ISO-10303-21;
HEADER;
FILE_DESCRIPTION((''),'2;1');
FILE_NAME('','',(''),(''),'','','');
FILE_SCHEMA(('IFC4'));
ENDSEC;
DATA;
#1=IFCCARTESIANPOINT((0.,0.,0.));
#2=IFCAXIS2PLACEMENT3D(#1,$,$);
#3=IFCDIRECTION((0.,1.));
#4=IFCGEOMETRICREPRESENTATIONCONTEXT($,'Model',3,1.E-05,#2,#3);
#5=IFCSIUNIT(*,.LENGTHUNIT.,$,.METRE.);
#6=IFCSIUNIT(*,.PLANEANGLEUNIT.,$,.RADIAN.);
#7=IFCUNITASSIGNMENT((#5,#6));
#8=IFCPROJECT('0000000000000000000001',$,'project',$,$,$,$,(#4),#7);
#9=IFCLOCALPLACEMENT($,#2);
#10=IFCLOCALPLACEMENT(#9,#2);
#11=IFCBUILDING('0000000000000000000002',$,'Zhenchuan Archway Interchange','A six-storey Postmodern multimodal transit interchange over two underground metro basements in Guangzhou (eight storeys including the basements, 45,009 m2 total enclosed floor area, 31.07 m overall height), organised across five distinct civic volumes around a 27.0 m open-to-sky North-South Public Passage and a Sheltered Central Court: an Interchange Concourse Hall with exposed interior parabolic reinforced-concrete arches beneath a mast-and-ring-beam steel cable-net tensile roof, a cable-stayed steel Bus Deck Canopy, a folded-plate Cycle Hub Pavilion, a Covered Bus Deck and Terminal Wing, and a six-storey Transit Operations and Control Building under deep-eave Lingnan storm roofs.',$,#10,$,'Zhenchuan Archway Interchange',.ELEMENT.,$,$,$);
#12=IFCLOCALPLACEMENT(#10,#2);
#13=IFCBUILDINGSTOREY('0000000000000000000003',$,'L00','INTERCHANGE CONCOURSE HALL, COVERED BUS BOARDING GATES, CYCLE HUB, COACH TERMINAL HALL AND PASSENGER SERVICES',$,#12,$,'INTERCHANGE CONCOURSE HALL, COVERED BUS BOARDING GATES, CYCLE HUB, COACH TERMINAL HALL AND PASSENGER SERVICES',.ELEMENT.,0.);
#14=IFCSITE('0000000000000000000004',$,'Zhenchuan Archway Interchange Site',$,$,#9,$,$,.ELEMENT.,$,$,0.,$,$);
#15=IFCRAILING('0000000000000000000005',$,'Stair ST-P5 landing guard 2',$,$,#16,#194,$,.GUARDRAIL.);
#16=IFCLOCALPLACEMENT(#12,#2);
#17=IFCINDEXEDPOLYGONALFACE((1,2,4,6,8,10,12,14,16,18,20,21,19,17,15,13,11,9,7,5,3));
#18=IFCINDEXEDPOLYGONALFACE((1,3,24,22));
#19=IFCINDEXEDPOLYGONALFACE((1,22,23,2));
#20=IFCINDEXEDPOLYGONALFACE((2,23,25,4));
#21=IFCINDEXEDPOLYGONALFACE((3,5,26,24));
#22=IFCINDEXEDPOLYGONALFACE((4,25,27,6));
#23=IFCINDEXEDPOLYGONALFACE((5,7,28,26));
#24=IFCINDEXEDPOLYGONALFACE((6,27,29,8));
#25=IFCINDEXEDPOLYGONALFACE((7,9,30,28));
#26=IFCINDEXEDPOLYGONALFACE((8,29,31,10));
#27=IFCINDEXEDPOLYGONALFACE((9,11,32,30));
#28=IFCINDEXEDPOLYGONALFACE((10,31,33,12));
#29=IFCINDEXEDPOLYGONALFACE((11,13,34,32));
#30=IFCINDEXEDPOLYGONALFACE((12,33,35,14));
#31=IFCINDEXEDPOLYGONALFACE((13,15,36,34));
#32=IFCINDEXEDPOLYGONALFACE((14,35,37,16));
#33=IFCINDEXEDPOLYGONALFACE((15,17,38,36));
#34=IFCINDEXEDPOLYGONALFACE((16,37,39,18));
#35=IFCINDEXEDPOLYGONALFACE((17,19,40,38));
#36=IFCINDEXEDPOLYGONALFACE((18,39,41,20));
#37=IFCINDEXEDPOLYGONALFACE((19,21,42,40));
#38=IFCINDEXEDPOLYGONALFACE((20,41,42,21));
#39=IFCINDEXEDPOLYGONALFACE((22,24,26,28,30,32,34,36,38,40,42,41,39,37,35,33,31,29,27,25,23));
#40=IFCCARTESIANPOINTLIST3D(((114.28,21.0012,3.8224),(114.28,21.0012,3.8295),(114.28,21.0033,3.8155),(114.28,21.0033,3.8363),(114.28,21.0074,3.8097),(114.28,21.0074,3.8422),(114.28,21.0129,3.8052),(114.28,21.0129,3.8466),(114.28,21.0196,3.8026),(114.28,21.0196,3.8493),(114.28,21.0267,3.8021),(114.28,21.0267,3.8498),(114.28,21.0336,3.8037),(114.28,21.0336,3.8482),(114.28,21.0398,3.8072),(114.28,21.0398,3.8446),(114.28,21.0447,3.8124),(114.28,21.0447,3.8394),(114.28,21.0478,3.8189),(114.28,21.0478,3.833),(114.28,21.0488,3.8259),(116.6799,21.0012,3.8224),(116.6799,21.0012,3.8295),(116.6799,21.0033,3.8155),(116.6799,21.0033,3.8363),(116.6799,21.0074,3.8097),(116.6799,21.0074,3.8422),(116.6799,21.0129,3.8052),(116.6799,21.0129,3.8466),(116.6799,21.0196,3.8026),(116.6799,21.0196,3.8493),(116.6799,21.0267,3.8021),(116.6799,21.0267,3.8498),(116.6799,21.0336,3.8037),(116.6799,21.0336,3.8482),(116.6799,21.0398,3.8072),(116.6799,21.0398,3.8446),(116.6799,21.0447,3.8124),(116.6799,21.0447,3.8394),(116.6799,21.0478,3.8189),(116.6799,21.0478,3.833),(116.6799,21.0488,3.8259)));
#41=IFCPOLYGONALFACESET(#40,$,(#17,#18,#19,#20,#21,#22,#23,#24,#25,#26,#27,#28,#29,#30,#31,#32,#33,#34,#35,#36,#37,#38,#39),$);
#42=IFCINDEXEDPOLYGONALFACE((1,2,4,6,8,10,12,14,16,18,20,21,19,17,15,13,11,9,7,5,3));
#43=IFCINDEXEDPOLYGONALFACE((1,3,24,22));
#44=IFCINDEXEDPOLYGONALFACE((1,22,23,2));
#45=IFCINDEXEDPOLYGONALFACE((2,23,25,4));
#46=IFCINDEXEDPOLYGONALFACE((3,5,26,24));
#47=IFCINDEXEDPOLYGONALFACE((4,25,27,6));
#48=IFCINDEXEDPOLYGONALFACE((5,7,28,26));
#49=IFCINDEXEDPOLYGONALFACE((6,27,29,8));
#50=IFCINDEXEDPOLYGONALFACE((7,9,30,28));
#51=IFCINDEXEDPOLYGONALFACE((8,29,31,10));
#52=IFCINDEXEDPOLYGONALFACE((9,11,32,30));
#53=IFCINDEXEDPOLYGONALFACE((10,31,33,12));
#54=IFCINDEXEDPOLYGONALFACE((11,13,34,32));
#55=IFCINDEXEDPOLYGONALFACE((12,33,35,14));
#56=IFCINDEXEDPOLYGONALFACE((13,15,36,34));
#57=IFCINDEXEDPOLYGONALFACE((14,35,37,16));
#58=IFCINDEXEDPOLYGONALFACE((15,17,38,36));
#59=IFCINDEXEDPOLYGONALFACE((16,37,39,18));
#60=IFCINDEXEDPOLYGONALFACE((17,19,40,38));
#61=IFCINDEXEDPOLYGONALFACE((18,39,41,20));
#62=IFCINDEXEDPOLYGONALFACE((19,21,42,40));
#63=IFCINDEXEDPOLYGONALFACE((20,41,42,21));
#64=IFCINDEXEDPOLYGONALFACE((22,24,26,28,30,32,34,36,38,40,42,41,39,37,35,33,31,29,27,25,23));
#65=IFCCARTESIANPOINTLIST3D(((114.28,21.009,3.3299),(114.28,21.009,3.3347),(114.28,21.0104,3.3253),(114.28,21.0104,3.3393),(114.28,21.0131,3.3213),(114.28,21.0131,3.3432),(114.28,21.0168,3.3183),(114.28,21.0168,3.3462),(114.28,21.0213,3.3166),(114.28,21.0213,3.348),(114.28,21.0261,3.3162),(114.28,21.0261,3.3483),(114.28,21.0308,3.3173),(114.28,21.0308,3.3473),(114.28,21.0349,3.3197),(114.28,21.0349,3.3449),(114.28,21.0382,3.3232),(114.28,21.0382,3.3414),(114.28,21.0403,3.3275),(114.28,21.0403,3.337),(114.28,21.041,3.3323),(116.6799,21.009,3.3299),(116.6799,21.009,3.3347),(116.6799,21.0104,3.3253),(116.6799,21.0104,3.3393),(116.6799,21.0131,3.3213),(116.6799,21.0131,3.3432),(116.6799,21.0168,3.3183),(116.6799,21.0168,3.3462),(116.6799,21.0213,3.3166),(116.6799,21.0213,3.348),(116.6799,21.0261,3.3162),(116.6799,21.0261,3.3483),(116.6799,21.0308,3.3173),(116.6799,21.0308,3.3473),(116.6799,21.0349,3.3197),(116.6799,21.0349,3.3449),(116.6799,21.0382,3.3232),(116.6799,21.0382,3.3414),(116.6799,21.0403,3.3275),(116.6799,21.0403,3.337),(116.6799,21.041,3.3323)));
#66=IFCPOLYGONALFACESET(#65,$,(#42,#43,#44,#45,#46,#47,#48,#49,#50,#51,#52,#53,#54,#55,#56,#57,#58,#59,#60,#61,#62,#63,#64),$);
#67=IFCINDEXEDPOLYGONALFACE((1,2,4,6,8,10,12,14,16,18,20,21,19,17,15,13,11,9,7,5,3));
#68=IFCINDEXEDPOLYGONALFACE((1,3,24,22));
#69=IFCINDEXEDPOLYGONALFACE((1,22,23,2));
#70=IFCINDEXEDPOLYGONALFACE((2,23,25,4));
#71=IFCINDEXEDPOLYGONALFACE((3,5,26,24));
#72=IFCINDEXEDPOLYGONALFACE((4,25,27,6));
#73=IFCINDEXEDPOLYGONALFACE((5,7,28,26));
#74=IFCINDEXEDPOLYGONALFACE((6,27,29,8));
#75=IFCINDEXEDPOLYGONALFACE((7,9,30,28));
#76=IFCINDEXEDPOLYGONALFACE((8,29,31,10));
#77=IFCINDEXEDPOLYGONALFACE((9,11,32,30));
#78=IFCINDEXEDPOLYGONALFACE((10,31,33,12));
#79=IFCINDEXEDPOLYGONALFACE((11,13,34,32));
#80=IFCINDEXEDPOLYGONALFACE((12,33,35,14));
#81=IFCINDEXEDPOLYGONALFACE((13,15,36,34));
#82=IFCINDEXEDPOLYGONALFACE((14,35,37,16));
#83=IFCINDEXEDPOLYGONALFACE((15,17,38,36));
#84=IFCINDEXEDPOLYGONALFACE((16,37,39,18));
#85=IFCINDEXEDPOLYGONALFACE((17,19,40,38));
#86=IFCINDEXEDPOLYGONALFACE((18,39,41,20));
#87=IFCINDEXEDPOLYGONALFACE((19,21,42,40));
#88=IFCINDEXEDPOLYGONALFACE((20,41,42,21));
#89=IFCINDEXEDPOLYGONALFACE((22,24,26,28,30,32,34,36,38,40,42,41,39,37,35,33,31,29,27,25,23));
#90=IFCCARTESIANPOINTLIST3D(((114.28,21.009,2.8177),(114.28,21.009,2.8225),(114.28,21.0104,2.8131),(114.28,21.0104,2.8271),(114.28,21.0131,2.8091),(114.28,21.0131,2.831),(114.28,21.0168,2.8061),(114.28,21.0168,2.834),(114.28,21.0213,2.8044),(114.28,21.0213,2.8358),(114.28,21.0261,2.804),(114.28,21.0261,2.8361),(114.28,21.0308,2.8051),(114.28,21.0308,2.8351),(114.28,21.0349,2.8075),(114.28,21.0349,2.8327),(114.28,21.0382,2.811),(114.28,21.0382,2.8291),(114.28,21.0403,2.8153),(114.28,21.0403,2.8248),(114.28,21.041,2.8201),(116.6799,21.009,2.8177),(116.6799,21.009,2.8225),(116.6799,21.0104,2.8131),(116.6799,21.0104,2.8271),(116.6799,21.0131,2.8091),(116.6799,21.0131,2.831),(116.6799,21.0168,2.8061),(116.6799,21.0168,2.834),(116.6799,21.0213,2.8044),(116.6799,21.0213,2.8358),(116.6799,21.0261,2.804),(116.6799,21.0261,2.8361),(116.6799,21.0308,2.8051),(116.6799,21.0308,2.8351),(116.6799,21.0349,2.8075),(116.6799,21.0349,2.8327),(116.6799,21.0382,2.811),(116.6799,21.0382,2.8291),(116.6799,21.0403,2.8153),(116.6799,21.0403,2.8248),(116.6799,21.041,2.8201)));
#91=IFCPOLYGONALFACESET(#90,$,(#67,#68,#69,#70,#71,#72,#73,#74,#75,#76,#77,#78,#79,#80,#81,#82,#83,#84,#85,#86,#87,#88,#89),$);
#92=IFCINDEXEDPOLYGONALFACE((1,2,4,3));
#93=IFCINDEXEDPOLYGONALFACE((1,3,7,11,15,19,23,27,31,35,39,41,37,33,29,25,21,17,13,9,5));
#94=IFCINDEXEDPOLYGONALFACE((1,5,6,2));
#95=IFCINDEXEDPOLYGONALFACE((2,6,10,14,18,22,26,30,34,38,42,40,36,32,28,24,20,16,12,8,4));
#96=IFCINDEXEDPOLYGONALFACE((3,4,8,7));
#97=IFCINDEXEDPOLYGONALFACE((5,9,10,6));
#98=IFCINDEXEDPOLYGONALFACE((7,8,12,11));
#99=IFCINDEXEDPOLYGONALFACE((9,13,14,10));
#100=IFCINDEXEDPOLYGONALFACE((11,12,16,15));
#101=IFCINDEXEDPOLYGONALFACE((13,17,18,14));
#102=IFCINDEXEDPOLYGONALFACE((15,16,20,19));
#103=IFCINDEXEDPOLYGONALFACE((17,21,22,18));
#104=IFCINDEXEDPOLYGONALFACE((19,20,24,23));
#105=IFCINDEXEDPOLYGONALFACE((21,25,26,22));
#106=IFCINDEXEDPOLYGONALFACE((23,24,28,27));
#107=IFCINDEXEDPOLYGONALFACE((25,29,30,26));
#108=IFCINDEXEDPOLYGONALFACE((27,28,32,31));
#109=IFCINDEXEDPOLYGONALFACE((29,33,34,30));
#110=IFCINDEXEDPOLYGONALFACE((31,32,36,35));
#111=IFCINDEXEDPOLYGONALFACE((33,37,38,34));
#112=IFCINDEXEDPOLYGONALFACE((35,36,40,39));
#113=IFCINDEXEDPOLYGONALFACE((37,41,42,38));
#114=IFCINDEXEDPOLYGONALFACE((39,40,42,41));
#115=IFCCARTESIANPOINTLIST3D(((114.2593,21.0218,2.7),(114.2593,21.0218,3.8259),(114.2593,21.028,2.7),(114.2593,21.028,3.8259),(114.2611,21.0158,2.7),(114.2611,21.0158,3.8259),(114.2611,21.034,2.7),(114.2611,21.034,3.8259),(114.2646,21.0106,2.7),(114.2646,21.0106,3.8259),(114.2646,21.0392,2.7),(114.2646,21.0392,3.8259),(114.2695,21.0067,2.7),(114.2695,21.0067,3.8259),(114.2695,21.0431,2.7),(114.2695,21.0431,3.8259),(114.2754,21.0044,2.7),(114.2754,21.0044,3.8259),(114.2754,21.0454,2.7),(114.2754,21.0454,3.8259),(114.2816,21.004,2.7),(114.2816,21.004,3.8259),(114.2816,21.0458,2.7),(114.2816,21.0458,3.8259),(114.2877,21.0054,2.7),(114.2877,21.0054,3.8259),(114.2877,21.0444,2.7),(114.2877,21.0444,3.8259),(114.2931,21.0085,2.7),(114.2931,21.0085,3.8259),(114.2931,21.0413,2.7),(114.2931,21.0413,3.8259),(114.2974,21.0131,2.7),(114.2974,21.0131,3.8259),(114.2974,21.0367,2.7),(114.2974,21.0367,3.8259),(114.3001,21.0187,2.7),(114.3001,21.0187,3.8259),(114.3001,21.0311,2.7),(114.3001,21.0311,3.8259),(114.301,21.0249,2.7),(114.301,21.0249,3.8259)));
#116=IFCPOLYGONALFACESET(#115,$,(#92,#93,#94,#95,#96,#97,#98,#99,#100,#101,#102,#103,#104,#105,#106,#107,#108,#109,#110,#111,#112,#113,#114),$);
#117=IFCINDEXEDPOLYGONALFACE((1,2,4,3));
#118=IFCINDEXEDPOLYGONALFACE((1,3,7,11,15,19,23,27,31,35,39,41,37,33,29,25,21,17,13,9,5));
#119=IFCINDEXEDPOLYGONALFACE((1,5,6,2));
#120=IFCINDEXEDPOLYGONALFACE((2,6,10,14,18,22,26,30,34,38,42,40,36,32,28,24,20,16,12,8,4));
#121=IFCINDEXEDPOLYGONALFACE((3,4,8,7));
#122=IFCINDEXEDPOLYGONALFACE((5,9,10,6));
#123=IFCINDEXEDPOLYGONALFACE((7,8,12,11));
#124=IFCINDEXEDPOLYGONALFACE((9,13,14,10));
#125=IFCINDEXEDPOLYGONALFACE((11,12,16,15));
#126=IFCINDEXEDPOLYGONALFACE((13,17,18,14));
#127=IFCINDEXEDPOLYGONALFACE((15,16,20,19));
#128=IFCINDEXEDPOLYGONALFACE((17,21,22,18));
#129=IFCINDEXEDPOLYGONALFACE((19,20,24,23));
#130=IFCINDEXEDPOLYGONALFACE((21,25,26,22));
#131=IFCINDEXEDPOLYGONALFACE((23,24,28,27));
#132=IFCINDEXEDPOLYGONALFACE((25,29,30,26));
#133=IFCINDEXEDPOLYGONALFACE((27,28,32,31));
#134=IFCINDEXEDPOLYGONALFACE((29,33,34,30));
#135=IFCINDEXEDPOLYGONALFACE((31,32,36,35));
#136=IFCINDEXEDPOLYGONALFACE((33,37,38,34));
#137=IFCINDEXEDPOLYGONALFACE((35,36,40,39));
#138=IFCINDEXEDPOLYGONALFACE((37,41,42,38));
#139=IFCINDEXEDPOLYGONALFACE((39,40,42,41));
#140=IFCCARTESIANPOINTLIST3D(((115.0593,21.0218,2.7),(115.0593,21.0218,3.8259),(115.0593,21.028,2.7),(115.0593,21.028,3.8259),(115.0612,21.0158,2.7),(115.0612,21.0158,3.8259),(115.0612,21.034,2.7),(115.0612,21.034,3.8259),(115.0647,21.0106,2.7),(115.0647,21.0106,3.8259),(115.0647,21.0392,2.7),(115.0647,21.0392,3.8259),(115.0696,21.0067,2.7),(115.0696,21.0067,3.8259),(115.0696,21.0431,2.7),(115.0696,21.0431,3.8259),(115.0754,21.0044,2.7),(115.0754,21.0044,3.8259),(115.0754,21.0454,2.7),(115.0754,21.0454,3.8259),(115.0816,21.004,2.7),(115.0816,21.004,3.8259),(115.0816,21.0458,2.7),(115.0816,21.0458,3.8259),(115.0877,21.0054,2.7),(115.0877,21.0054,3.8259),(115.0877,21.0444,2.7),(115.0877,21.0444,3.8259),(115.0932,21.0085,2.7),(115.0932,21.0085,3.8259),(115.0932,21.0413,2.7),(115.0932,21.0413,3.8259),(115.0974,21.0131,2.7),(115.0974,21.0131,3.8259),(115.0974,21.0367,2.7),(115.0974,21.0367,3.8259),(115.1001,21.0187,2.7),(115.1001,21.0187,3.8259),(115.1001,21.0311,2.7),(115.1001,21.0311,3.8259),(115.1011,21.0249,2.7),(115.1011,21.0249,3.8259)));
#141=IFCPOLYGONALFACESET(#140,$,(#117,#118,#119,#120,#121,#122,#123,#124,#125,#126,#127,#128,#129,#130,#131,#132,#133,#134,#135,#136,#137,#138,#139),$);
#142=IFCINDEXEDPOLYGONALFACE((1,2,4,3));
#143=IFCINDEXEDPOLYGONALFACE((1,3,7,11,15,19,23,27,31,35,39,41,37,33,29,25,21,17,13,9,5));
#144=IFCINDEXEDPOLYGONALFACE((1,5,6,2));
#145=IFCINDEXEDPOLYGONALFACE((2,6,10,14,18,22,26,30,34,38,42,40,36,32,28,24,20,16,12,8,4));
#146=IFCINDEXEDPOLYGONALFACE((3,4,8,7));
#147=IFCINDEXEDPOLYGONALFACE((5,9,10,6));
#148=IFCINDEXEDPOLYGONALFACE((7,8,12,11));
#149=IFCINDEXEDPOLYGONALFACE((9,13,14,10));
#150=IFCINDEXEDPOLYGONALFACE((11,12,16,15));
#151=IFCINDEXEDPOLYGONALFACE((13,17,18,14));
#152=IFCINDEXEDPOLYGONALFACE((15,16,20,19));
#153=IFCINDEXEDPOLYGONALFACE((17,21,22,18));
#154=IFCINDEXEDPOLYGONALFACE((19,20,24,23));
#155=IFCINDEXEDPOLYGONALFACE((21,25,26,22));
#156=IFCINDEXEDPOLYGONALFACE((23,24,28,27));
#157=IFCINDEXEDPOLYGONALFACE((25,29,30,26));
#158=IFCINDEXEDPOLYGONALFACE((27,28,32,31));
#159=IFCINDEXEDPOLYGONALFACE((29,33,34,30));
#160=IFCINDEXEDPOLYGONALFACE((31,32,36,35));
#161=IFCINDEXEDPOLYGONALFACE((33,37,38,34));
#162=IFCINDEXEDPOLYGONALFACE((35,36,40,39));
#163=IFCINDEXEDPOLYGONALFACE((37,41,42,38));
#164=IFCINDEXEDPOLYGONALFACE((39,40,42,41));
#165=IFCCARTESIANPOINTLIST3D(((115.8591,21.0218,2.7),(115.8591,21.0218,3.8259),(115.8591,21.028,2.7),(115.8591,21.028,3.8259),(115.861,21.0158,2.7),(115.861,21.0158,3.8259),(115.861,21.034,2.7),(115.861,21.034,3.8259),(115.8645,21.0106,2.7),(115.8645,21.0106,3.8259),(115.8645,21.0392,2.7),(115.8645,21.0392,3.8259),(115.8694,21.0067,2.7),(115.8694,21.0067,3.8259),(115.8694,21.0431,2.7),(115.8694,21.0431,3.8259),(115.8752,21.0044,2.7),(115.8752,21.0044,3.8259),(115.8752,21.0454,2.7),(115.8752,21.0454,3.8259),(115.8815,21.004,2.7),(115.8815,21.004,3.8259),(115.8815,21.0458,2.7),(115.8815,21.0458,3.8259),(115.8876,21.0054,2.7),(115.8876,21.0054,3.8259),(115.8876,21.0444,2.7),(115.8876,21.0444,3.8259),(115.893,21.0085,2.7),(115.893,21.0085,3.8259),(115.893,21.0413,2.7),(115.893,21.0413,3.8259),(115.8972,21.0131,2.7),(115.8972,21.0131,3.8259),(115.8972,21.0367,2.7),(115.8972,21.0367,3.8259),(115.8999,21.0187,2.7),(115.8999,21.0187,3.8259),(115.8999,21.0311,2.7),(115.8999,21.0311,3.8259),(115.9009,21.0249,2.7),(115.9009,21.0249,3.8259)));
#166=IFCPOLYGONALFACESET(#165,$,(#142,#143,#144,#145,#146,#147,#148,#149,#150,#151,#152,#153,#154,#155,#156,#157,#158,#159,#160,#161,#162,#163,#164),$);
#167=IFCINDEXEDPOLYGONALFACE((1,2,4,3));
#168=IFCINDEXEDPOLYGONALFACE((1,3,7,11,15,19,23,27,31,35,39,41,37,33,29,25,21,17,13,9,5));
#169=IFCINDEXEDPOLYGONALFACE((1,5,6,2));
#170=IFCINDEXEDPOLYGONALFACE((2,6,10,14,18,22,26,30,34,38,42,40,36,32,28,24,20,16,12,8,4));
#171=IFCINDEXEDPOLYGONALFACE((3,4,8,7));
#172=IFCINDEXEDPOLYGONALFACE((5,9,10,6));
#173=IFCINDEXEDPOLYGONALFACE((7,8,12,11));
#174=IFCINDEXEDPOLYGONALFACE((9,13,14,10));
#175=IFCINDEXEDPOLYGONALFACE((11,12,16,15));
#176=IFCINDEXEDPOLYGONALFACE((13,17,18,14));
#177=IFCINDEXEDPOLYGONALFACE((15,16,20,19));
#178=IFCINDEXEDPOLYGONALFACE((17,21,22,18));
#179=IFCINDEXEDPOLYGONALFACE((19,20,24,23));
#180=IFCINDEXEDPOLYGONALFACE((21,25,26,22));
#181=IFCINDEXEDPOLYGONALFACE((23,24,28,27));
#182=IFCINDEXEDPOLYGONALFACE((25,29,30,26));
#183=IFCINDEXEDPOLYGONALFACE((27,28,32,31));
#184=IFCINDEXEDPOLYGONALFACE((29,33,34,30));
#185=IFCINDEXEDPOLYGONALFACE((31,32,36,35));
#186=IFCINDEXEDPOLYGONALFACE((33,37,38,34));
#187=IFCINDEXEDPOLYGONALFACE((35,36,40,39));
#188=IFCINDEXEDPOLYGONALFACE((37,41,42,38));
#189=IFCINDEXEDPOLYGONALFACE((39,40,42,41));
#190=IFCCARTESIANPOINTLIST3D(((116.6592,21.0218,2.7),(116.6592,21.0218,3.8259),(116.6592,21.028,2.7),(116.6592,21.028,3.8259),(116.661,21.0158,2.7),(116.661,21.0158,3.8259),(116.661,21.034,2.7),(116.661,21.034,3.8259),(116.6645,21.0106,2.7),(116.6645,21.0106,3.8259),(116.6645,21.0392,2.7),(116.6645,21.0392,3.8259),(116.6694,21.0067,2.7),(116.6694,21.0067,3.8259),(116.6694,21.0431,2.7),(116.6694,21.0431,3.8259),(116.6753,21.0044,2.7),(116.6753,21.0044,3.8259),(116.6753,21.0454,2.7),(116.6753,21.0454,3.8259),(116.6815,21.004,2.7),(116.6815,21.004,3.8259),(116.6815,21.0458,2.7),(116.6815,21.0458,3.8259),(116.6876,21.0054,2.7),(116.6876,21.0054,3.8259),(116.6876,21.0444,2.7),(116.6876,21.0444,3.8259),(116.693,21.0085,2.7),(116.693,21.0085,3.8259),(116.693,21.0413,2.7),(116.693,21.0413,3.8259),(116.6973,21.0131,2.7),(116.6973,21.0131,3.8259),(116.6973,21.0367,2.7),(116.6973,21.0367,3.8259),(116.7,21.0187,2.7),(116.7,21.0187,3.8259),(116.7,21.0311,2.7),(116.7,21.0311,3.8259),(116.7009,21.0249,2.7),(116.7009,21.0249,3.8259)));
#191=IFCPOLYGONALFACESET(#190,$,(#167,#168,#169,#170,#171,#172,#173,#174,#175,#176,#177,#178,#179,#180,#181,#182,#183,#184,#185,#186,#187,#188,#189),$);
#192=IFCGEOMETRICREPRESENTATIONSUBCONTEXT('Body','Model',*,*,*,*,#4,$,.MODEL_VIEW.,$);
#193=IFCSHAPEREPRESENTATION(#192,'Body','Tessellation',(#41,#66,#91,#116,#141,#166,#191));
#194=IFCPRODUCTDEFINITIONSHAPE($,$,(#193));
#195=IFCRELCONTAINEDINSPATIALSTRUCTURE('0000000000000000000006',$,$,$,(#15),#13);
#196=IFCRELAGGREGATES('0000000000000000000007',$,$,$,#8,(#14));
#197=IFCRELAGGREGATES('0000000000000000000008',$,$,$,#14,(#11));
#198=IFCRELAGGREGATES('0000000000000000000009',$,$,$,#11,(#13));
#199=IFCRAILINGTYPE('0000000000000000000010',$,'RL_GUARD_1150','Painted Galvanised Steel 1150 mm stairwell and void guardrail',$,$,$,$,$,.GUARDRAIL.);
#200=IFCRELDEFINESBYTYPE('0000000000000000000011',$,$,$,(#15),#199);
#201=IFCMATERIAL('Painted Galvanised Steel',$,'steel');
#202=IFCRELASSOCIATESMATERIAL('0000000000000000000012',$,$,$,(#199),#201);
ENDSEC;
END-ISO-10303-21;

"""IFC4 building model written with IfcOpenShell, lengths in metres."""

from ifc_helpers import new_model, si_unit, direction, frame, origin, origin_2d, place, context, subcontext, project, spatial, circle, extrude, material, type_object, element, save


model = new_model("IFC4")

# Units and contexts
model_context = context("Model", 3, precision=1e-05, world=origin(), true_north=direction((0.0, 1.0)))
body_context = subcontext(model_context, "Body", "Model", "MODEL_VIEW")
ifc_project = project(units=[si_unit("LENGTHUNIT", "METRE"), si_unit("PLANEANGLEUNIT", "RADIAN")], contexts=[model_context])

# Site, building, storey
site_placement = place(None, origin())
site = spatial("IfcSite", under=ifc_project, at=site_placement, Name="Zhenchuan Archway Interchange Site", CompositionType="ELEMENT", RefElevation=0.0)
building_placement = place(site_placement, origin())
building = spatial("IfcBuilding", under=site, at=building_placement, Name="Zhenchuan Archway Interchange", Description="A six-storey Postmodern multimodal transit interchange over two underground metro basements in Guangzhou (eight storeys including the basements, 45,009 m2 total enclosed floor area, 31.07 m overall height), organised across five distinct civic volumes around a 27.0 m open-to-sky North-South Public Passage and a Sheltered Central Court: an Interchange Concourse Hall with exposed interior parabolic reinforced-concrete arches beneath a mast-and-ring-beam steel cable-net tensile roof, a cable-stayed steel Bus Deck Canopy, a folded-plate Cycle Hub Pavilion, a Covered Bus Deck and Terminal Wing, and a six-storey Transit Operations and Control Building under deep-eave Lingnan storm roofs.", LongName="Zhenchuan Archway Interchange", CompositionType="ELEMENT")
storey_placement = place(building_placement, origin())
storey = spatial("IfcBuildingStorey", under=building, at=storey_placement, Name="L00", Description="INTERCHANGE CONCOURSE HALL, COVERED BUS BOARDING GATES, CYCLE HUB, COACH TERMINAL HALL AND PASSENGER SERVICES", LongName="INTERCHANGE CONCOURSE HALL, COVERED BUS BOARDING GATES, CYCLE HUB, COACH TERMINAL HALL AND PASSENGER SERVICES", CompositionType="ELEMENT", Elevation=0.0)

# Railing
ifc_material_1 = material(Name="Painted Galvanised Steel", Category="steel")
railing_type_1 = type_object("IfcRailingType", Name="RL_GUARD_1150", Description="Painted Galvanised Steel 1150 mm stairwell and void guardrail", PredefinedType="GUARDRAIL", material=ifc_material_1)
for number, where, name in (
    (1, (114.28, 21.0249, 2.7), "Stair ST-P5 landing guard 2"),
):
    element("IfcRailing", number, at=place(storey_placement, frame(where)), inside=storey, type_object=railing_type_1, Name=name, PredefinedType="GUARDRAIL", context=body_context, shape_type="SweptSolid", body=[
        extrude(circle(Radius=0.0239, at=origin_2d()), frame((0.0, 0.0, 1.126), z_axis=(1.0, 0.0, 0.0), x_axis=(0.0, 1.0, 0.0)), (0.0, 0.0, 1.0), 2.3999),
        extrude(circle(Radius=0.0161, at=origin_2d()), frame((0.0, 0.0, 0.6323), z_axis=(1.0, 0.0, 0.0), x_axis=(0.0, 1.0, 0.0)), (0.0, 0.0, 1.0), 2.3999),
        extrude(circle(Radius=0.0161, at=origin_2d()), frame((0.0, 0.0, 0.1201), z_axis=(1.0, 0.0, 0.0), x_axis=(0.0, 1.0, 0.0)), (0.0, 0.0, 1.0), 2.3999),
        extrude(circle(Radius=0.021, at=origin_2d()), origin(), (0.0, 0.0, 1.0), 1.126),
        extrude(circle(Radius=0.021, at=origin_2d()), frame((0.8, 0.0, 0.0)), (0.0, 0.0, 1.0), 1.126),
        extrude(circle(Radius=0.021, at=origin_2d()), frame((1.5999, 0.0, 0.0)), (0.0, 0.0, 1.0), 1.126),
        extrude(circle(Radius=0.021, at=origin_2d()), frame((2.3999, 0.0, 0.0)), (0.0, 0.0, 1.0), 1.126),
    ])

save(model, "model.ifc")
